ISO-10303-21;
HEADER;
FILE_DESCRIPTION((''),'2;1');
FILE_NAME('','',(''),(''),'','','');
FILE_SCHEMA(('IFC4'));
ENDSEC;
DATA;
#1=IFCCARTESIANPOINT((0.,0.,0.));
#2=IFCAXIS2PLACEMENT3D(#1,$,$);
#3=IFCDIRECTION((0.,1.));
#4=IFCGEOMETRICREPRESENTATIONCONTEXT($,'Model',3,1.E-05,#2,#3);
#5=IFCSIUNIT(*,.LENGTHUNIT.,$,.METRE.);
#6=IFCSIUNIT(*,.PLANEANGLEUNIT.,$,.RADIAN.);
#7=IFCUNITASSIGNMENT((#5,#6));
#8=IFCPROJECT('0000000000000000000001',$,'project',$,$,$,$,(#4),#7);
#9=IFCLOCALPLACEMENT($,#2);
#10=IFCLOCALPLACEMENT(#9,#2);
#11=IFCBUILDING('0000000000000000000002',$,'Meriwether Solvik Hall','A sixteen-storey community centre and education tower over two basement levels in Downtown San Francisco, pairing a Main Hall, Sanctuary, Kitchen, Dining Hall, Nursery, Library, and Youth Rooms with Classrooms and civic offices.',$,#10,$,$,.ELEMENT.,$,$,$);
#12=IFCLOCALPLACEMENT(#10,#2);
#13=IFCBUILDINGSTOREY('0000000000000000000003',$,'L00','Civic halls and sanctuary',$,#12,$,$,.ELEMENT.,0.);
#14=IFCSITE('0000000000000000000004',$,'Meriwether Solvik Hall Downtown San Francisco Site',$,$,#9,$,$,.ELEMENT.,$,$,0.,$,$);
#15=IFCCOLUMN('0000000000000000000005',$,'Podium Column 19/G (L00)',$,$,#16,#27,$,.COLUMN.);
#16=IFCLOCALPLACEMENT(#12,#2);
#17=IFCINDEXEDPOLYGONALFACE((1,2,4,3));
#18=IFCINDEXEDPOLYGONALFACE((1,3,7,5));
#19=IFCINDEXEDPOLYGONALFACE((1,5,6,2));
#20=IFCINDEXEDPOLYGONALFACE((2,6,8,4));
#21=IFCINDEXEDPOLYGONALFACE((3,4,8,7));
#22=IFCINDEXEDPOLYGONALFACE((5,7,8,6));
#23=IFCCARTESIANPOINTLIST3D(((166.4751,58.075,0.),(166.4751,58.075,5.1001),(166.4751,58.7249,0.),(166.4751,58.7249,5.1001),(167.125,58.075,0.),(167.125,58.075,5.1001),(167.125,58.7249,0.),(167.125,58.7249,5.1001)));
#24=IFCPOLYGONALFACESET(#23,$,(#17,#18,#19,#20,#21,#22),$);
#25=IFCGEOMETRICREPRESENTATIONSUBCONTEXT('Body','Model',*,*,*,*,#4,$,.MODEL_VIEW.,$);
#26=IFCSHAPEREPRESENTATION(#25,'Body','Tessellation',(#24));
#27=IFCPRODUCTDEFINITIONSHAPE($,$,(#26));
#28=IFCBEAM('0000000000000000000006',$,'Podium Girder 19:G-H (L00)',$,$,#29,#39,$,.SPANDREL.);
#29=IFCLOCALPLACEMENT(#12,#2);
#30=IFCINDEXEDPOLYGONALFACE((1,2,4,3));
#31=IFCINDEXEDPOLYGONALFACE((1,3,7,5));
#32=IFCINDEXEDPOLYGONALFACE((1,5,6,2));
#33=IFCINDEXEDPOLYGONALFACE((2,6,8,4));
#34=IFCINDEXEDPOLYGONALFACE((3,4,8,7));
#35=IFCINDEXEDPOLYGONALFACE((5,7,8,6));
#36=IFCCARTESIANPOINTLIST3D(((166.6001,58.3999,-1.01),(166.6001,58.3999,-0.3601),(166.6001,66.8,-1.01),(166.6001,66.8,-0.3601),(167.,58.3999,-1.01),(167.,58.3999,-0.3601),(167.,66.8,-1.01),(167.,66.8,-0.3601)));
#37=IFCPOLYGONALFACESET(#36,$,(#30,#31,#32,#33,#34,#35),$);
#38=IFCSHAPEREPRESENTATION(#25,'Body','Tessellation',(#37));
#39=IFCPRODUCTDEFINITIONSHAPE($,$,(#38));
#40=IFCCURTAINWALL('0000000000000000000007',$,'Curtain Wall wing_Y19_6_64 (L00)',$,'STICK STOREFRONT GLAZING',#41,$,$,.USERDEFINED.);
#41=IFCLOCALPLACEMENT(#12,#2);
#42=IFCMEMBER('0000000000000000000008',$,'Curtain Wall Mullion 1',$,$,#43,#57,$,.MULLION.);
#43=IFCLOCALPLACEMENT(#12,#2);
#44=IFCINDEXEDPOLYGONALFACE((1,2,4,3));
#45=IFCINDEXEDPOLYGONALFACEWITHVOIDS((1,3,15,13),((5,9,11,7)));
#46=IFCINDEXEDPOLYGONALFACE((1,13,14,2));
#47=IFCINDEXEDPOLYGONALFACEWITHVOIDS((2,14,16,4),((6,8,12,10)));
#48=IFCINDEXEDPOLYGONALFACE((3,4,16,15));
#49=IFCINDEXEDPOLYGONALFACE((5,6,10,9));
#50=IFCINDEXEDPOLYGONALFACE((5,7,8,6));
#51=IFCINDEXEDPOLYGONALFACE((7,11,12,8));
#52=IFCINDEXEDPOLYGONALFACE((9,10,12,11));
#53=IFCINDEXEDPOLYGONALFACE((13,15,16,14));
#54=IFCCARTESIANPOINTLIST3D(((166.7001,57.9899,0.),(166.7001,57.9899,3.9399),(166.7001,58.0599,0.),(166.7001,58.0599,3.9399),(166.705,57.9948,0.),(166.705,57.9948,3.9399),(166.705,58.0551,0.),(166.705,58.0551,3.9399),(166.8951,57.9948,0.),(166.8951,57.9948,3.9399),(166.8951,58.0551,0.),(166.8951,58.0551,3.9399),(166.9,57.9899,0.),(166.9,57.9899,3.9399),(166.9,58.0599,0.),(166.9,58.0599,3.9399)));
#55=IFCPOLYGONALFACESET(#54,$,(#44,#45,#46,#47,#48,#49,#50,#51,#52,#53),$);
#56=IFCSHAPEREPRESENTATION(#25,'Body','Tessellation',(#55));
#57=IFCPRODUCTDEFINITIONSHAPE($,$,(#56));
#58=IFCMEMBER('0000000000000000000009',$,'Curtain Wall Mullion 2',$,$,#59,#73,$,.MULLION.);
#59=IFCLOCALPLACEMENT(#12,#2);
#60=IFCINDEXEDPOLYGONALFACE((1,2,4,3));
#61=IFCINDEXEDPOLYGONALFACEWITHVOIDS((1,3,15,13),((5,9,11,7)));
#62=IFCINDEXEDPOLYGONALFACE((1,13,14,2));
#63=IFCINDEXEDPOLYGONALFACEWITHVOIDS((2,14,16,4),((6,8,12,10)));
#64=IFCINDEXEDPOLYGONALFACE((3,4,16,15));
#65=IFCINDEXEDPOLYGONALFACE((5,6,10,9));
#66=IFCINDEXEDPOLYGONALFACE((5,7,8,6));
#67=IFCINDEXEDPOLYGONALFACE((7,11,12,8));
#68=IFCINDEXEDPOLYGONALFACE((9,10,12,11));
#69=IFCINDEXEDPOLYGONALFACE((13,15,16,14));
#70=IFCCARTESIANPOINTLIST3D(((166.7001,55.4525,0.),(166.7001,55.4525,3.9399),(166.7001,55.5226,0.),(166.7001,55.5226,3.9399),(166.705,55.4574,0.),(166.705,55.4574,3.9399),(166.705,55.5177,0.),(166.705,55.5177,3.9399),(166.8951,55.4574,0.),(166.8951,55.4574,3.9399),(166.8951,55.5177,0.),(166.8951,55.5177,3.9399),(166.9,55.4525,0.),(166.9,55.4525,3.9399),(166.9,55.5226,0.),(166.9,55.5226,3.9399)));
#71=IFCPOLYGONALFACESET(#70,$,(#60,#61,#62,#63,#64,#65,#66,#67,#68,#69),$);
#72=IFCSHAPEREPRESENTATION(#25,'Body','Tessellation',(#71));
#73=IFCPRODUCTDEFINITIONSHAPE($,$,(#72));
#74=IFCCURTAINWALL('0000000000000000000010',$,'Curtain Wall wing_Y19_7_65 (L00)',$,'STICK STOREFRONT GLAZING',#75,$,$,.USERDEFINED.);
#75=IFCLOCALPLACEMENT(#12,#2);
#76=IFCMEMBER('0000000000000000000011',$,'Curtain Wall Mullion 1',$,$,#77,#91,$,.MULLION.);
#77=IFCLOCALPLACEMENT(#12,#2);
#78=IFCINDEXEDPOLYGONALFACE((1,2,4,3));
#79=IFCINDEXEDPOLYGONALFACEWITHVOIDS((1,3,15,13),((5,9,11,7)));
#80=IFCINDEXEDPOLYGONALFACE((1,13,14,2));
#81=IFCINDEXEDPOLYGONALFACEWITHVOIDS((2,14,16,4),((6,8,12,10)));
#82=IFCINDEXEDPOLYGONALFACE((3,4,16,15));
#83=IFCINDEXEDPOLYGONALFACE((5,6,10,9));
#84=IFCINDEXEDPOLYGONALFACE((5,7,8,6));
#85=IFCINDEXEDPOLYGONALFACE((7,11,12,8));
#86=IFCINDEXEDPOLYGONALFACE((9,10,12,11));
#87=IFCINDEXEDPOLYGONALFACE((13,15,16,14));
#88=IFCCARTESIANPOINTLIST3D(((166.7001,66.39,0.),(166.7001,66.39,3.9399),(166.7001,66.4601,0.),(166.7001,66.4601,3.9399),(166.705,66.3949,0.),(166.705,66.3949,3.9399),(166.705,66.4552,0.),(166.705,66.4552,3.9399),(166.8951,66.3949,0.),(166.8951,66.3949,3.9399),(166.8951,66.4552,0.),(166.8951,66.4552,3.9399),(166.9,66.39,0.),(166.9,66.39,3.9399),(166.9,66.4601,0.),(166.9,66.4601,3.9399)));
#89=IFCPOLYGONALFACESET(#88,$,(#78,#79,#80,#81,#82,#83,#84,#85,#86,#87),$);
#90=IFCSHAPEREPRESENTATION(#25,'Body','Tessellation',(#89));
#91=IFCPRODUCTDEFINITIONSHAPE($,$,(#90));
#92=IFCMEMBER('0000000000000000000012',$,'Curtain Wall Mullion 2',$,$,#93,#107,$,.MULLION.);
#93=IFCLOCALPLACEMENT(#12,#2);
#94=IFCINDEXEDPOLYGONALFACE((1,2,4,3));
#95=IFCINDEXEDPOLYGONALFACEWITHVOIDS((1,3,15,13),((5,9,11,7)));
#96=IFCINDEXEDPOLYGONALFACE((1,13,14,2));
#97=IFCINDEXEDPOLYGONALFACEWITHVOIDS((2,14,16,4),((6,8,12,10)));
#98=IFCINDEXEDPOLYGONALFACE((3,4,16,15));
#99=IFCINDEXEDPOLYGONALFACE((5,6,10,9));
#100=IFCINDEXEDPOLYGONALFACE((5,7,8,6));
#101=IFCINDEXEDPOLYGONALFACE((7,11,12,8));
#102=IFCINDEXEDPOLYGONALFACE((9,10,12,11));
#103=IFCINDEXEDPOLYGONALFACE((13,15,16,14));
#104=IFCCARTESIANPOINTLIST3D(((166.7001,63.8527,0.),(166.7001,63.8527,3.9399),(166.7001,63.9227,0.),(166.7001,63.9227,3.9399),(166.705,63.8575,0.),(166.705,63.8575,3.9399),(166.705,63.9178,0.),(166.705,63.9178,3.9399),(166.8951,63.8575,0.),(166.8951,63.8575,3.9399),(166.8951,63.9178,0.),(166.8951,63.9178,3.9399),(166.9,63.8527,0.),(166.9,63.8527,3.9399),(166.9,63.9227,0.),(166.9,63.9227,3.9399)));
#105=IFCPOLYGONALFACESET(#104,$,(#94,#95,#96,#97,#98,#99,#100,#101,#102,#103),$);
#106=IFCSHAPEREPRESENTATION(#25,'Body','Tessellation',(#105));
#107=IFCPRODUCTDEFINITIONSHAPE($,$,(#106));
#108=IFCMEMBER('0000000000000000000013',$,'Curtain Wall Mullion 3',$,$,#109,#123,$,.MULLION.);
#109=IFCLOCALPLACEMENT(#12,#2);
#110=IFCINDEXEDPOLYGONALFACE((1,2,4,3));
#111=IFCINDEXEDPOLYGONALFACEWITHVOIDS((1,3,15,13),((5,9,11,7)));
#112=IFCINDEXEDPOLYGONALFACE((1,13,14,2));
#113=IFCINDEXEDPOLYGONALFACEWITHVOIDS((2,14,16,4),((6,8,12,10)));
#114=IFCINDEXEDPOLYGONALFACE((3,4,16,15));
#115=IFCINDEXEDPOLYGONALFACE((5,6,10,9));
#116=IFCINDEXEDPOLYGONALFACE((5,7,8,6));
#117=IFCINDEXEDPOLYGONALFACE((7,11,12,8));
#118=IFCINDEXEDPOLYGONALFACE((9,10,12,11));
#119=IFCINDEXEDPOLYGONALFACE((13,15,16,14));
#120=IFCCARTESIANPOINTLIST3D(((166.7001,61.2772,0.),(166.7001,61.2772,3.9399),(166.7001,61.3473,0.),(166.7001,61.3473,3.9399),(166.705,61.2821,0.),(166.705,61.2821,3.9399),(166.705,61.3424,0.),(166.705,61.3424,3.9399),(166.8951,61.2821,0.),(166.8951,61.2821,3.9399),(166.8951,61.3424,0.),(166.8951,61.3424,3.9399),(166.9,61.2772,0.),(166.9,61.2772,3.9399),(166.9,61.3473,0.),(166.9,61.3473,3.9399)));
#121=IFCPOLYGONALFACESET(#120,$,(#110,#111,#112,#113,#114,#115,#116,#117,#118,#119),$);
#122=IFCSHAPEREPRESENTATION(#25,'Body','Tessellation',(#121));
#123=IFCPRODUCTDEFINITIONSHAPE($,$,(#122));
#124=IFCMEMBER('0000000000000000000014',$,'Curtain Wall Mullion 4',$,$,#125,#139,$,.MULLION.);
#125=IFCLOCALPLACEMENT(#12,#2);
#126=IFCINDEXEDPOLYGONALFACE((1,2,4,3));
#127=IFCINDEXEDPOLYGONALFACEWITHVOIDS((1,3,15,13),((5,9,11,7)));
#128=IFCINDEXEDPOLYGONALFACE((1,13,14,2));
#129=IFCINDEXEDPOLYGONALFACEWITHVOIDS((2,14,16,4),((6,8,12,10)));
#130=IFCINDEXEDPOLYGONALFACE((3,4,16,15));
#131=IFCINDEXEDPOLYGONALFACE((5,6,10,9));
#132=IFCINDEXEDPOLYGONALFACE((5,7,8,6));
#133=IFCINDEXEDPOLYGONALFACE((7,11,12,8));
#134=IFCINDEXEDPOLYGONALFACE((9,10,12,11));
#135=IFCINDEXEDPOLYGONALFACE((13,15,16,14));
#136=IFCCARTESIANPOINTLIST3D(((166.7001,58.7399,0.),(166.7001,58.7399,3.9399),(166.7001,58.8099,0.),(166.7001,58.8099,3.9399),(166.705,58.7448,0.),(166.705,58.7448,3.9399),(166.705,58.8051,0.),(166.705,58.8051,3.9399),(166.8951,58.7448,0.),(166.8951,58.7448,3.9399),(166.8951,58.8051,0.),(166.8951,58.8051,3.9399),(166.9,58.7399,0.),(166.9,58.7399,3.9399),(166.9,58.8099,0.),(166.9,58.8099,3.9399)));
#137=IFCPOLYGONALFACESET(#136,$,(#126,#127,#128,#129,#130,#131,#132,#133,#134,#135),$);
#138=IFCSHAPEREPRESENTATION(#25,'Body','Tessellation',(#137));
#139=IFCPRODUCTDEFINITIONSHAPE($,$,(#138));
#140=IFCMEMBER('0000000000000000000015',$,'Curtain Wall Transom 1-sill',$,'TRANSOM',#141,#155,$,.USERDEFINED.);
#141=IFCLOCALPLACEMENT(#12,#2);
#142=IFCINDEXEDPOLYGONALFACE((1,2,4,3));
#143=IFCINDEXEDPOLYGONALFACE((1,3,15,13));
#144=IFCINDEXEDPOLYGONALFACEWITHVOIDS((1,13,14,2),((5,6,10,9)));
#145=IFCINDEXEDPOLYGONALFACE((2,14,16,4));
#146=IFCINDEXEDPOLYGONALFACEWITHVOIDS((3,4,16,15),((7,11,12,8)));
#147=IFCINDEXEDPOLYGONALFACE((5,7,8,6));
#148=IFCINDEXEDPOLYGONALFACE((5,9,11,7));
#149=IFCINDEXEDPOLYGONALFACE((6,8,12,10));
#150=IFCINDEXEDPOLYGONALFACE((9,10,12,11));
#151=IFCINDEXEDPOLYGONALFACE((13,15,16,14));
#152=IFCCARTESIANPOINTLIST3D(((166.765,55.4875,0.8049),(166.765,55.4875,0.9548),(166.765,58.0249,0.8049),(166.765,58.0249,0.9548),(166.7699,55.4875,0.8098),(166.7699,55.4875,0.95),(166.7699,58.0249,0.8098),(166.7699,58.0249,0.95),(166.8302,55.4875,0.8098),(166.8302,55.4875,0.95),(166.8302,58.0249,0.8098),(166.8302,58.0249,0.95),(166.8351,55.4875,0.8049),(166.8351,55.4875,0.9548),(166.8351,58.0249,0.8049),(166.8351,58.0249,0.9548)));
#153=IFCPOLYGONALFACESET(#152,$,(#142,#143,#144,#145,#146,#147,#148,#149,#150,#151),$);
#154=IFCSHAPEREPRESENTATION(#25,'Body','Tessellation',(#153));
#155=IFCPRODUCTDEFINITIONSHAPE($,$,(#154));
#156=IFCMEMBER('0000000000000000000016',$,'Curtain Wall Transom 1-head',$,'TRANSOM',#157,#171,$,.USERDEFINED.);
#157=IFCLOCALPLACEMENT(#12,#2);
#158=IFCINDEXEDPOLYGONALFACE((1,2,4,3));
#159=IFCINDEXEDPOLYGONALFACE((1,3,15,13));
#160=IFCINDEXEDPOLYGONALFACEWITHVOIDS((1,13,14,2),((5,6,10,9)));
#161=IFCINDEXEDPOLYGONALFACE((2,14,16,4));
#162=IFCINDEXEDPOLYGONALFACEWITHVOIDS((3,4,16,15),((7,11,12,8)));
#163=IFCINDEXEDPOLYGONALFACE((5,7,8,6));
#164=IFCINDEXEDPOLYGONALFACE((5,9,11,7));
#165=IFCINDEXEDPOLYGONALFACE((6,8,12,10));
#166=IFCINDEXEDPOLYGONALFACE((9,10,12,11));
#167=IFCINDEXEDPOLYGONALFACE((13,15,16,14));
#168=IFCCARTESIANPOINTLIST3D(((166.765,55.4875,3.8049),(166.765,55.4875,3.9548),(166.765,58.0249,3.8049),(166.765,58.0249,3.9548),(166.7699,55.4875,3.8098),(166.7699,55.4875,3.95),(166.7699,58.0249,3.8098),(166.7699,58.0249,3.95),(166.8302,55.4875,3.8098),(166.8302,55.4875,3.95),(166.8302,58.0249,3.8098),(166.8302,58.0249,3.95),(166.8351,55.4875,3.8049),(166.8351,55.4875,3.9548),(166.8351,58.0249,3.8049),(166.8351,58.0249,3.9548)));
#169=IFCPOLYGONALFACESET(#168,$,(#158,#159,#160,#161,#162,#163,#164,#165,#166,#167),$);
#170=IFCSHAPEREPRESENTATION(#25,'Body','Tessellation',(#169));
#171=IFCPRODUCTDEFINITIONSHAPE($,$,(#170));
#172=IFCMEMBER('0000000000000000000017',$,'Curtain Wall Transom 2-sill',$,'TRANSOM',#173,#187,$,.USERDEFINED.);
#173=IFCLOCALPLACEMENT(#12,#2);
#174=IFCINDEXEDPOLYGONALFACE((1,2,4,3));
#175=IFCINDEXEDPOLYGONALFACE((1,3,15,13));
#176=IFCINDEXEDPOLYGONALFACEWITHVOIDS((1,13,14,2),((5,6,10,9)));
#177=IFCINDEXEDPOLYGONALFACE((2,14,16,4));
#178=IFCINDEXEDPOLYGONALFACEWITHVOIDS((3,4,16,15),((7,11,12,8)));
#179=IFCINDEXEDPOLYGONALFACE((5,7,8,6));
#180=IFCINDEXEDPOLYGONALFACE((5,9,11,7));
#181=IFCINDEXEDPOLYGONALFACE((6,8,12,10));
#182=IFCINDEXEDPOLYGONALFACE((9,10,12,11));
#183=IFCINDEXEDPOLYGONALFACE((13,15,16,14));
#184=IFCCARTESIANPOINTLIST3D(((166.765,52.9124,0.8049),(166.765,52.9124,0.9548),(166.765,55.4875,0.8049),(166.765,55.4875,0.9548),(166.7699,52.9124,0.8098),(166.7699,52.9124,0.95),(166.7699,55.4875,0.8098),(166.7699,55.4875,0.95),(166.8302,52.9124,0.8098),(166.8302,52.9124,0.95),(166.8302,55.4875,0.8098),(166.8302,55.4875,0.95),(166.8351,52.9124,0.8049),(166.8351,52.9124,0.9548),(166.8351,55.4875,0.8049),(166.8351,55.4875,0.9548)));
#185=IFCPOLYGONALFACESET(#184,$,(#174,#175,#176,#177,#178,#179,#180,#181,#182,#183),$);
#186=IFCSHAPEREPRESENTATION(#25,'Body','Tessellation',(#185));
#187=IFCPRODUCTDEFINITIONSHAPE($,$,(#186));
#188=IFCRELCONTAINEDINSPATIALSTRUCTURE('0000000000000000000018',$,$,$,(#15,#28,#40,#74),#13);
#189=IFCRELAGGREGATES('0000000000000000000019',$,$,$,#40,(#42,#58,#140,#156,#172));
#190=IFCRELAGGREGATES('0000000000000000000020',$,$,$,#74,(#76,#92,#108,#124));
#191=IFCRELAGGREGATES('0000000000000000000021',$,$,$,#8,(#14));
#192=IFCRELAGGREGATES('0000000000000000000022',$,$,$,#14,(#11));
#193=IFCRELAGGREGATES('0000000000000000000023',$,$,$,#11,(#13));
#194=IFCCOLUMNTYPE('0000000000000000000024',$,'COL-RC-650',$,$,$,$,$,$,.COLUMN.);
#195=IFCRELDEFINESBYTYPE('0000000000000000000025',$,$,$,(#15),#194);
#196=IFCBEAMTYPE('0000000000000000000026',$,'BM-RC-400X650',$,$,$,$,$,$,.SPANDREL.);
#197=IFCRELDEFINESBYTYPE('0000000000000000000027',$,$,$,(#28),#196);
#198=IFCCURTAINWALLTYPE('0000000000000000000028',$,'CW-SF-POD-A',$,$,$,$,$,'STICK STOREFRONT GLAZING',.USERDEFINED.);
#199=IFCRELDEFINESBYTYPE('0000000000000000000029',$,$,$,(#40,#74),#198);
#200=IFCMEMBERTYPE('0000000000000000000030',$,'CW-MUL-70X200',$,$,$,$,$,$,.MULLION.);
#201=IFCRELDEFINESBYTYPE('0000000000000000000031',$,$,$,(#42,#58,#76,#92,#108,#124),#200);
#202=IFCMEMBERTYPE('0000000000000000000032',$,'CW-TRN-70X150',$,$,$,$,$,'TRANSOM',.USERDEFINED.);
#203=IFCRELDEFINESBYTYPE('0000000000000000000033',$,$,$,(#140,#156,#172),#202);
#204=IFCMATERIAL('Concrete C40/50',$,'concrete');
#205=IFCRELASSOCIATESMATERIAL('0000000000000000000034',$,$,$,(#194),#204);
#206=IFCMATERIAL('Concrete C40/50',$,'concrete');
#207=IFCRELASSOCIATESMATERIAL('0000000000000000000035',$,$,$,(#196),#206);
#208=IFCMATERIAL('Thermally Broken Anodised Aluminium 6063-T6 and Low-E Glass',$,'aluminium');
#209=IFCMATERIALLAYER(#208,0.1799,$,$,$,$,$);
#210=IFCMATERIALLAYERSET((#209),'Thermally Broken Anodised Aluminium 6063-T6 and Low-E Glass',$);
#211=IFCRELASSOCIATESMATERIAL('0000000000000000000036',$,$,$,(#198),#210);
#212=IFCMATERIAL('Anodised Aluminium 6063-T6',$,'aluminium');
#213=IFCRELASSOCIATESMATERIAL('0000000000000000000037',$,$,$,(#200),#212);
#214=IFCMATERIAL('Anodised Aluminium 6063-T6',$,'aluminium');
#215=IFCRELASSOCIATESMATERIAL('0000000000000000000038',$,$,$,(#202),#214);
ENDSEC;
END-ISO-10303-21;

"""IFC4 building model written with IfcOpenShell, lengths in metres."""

from ifc_helpers import new_model, si_unit, direction, frame, origin, origin_2d, place, context, subcontext, project, spatial, rectangle, hollow_rectangle, extrude, material, layer, layer_set, material_profile, profile_set, type_object, element, aggregate, save


model = new_model("IFC4")

# Units and contexts
model_context = context("Model", 3, precision=1e-05, world=origin(), true_north=direction((0.0, 1.0)))
body_context = subcontext(model_context, "Body", "Model", "MODEL_VIEW")
ifc_project = project(units=[si_unit("LENGTHUNIT", "METRE"), si_unit("PLANEANGLEUNIT", "RADIAN")], contexts=[model_context])

# Site, building, storey
site_placement = place(None, origin())
site = spatial("IfcSite", under=ifc_project, at=site_placement, Name="Meriwether Solvik Hall Downtown San Francisco Site", CompositionType="ELEMENT", RefElevation=0.0)
building_placement = place(site_placement, origin())
building = spatial("IfcBuilding", under=site, at=building_placement, Name="Meriwether Solvik Hall", Description="A sixteen-storey community centre and education tower over two basement levels in Downtown San Francisco, pairing a Main Hall, Sanctuary, Kitchen, Dining Hall, Nursery, Library, and Youth Rooms with Classrooms and civic offices.", CompositionType="ELEMENT")
storey_placement = place(building_placement, origin())
storey = spatial("IfcBuildingStorey", under=building, at=storey_placement, Name="L00", Description="Civic halls and sanctuary", CompositionType="ELEMENT", Elevation=0.0)

# Column
ifc_material_1 = material(Name="Concrete C40/50", Category="concrete")
ifc_material_profile_1 = material_profile(ifc_material_1, rectangle(XDim=0.6499, YDim=0.6499, at=origin_2d()), Name="RCC-650X650")
ifc_profile_set_1 = profile_set([ifc_material_profile_1], Name="Concrete C40/50")
column_type = type_object("IfcColumnType", Name="COL-RC-650", PredefinedType="COLUMN", material=ifc_profile_set_1)
column_placement = place(storey_placement, frame((166.8, 58.3999, 0.0), z_axis=(0.0, 0.0, 1.0), x_axis=(1.0, 0.0, 0.0)))
element("IfcColumn", 1, at=column_placement, inside=storey, type_object=column_type, Name="Podium Column 19/G (L00)", PredefinedType="COLUMN", context=body_context, shape_type="SweptSolid", body=[
    extrude(rectangle(XDim=0.6499, YDim=0.6499, at=origin_2d()), origin(), (0.0, 0.0, 1.0), 5.1001),
])

# Beam
ifc_material_2 = material(Name="Concrete C40/50", Category="concrete")
ifc_material_profile_2 = material_profile(ifc_material_2, rectangle(XDim=0.3999, YDim=0.6499, at=origin_2d()), Name="RCB-400X650")
ifc_profile_set_2 = profile_set([ifc_material_profile_2], Name="Concrete C40/50")
beam_type = type_object("IfcBeamType", Name="BM-RC-400X650", PredefinedType="SPANDREL", material=ifc_profile_set_2)
beam_placement = place(storey_placement, frame((166.8, 58.3999, -0.6851), z_axis=(0.0, 1.0, 0.0), x_axis=(-1.0, 0.0, 0.0)))
element("IfcBeam", 2, at=beam_placement, inside=storey, type_object=beam_type, Name="Podium Girder 19:G-H (L00)", PredefinedType="SPANDREL", context=body_context, shape_type="SweptSolid", body=[
    extrude(rectangle(XDim=0.3999, YDim=0.6499, at=origin_2d()), origin(), (0.0, 0.0, 1.0), 8.4001),
])

# Curtain walls, members
ifc_material_3 = material(Name="Thermally Broken Anodised Aluminium 6063-T6 and Low-E Glass", Category="aluminium")
ifc_layer_1 = layer(ifc_material_3, 0.1799)
ifc_layer_set_1 = layer_set([ifc_layer_1], Name="Thermally Broken Anodised Aluminium 6063-T6 and Low-E Glass")
curtain_wall_type = type_object("IfcCurtainWallType", Name="CW-SF-POD-A", ElementType="STICK STOREFRONT GLAZING", PredefinedType="USERDEFINED", material=ifc_layer_set_1)
curtain_wall_1_placement = place(storey_placement, origin())
curtain_wall_1 = element("IfcCurtainWall", 3, at=curtain_wall_1_placement, inside=storey, type_object=curtain_wall_type, Name="Curtain Wall wing_Y19_6_64 (L00)", ObjectType="STICK STOREFRONT GLAZING", PredefinedType="USERDEFINED")
ifc_material_4 = material(Name="Anodised Aluminium 6063-T6", Category="aluminium")
ifc_material_profile_3 = material_profile(ifc_material_4, hollow_rectangle(XDim=0.0701, YDim=0.2, WallThickness=0.0049, at=origin_2d()), Name="CWM-70X200")
ifc_profile_set_3 = profile_set([ifc_material_profile_3], Name="Anodised Aluminium 6063-T6")
member_type_1 = type_object("IfcMemberType", Name="CW-MUL-70X200", PredefinedType="MULLION", material=ifc_profile_set_3)
member_1_placement = place(storey_placement, frame((166.8, 58.0249, 0.0), z_axis=(0.0, 0.0, 1.0), x_axis=(0.0, -1.0, 0.0)))
member_1 = element("IfcMember", 4, at=member_1_placement, type_object=member_type_1, Name="Curtain Wall Mullion 1", PredefinedType="MULLION", context=body_context, shape_type="SweptSolid", body=[
    extrude(hollow_rectangle(XDim=0.0701, YDim=0.2, WallThickness=0.0049, at=origin_2d()), origin(), (0.0, 0.0, 1.0), 3.9399),
])
member_2_placement = place(storey_placement, frame((166.8, 55.4875, 0.0), z_axis=(0.0, 0.0, 1.0), x_axis=(0.0, -1.0, 0.0)))
member_2 = element("IfcMember", 5, at=member_2_placement, type_object=member_type_1, Name="Curtain Wall Mullion 2", PredefinedType="MULLION", context=body_context, shape_type="SweptSolid", body=[
    extrude(hollow_rectangle(XDim=0.0701, YDim=0.2, WallThickness=0.0049, at=origin_2d()), origin(), (0.0, 0.0, 1.0), 3.9399),
])
curtain_wall_2_placement = place(storey_placement, origin())
curtain_wall_2 = element("IfcCurtainWall", 6, at=curtain_wall_2_placement, inside=storey, type_object=curtain_wall_type, Name="Curtain Wall wing_Y19_7_65 (L00)", ObjectType="STICK STOREFRONT GLAZING", PredefinedType="USERDEFINED")
member_3_placement = place(storey_placement, frame((166.8, 66.425, 0.0), z_axis=(0.0, 0.0, 1.0), x_axis=(0.0, -1.0, 0.0)))
member_3 = element("IfcMember", 7, at=member_3_placement, type_object=member_type_1, Name="Curtain Wall Mullion 1", PredefinedType="MULLION", context=body_context, shape_type="SweptSolid", body=[
    extrude(hollow_rectangle(XDim=0.0701, YDim=0.2, WallThickness=0.0049, at=origin_2d()), origin(), (0.0, 0.0, 1.0), 3.9399),
])
member_4_placement = place(storey_placement, frame((166.8, 63.8877, 0.0), z_axis=(0.0, 0.0, 1.0), x_axis=(0.0, -1.0, 0.0)))
member_4 = element("IfcMember", 8, at=member_4_placement, type_object=member_type_1, Name="Curtain Wall Mullion 2", PredefinedType="MULLION", context=body_context, shape_type="SweptSolid", body=[
    extrude(hollow_rectangle(XDim=0.0701, YDim=0.2, WallThickness=0.0049, at=origin_2d()), origin(), (0.0, 0.0, 1.0), 3.9399),
])
member_5_placement = place(storey_placement, frame((166.8, 61.3123, 0.0), z_axis=(0.0, 0.0, 1.0), x_axis=(0.0, -1.0, 0.0)))
member_5 = element("IfcMember", 9, at=member_5_placement, type_object=member_type_1, Name="Curtain Wall Mullion 3", PredefinedType="MULLION", context=body_context, shape_type="SweptSolid", body=[
    extrude(hollow_rectangle(XDim=0.0701, YDim=0.2, WallThickness=0.0049, at=origin_2d()), origin(), (0.0, 0.0, 1.0), 3.9399),
])
member_6_placement = place(storey_placement, frame((166.8, 58.7749, 0.0), z_axis=(0.0, 0.0, 1.0), x_axis=(0.0, -1.0, 0.0)))
member_6 = element("IfcMember", 10, at=member_6_placement, type_object=member_type_1, Name="Curtain Wall Mullion 4", PredefinedType="MULLION", context=body_context, shape_type="SweptSolid", body=[
    extrude(hollow_rectangle(XDim=0.0701, YDim=0.2, WallThickness=0.0049, at=origin_2d()), origin(), (0.0, 0.0, 1.0), 3.9399),
])

# Members
ifc_material_5 = material(Name="Anodised Aluminium 6063-T6", Category="aluminium")
ifc_material_profile_4 = material_profile(ifc_material_5, hollow_rectangle(XDim=0.0701, YDim=0.1499, WallThickness=0.0049, at=origin_2d()), Name="CWT-70X150")
ifc_profile_set_4 = profile_set([ifc_material_profile_4], Name="Anodised Aluminium 6063-T6")
member_type_2 = type_object("IfcMemberType", Name="CW-TRN-70X150", ElementType="TRANSOM", PredefinedType="USERDEFINED", material=ifc_profile_set_4)
member_7_placement = place(storey_placement, frame((166.8, 58.0249, 0.8799), z_axis=(0.0, -1.0, 0.0), x_axis=(1.0, 0.0, 0.0)))
member_7 = element("IfcMember", 11, at=member_7_placement, type_object=member_type_2, Name="Curtain Wall Transom 1-sill", ObjectType="TRANSOM", PredefinedType="USERDEFINED", context=body_context, shape_type="SweptSolid", body=[
    extrude(hollow_rectangle(XDim=0.0701, YDim=0.1499, WallThickness=0.0049, at=origin_2d()), origin(), (0.0, 0.0, 1.0), 2.5374),
])
member_8_placement = place(storey_placement, frame((166.8, 58.0249, 3.8799), z_axis=(0.0, -1.0, 0.0), x_axis=(1.0, 0.0, 0.0)))
member_8 = element("IfcMember", 12, at=member_8_placement, type_object=member_type_2, Name="Curtain Wall Transom 1-head", ObjectType="TRANSOM", PredefinedType="USERDEFINED", context=body_context, shape_type="SweptSolid", body=[
    extrude(hollow_rectangle(XDim=0.0701, YDim=0.1499, WallThickness=0.0049, at=origin_2d()), origin(), (0.0, 0.0, 1.0), 2.5374),
])
member_9_placement = place(storey_placement, frame((166.8, 55.4875, 0.8799), z_axis=(0.0, -1.0, 0.0), x_axis=(1.0, 0.0, 0.0)))
member_9 = element("IfcMember", 13, at=member_9_placement, type_object=member_type_2, Name="Curtain Wall Transom 2-sill", ObjectType="TRANSOM", PredefinedType="USERDEFINED", context=body_context, shape_type="SweptSolid", body=[
    extrude(hollow_rectangle(XDim=0.0701, YDim=0.1499, WallThickness=0.0049, at=origin_2d()), origin(), (0.0, 0.0, 1.0), 2.5752),
])

aggregate(curtain_wall_1, [member_1, member_2, member_7, member_8, member_9])
aggregate(curtain_wall_2, [member_3, member_4, member_5, member_6])

save(model, "model.ifc")
